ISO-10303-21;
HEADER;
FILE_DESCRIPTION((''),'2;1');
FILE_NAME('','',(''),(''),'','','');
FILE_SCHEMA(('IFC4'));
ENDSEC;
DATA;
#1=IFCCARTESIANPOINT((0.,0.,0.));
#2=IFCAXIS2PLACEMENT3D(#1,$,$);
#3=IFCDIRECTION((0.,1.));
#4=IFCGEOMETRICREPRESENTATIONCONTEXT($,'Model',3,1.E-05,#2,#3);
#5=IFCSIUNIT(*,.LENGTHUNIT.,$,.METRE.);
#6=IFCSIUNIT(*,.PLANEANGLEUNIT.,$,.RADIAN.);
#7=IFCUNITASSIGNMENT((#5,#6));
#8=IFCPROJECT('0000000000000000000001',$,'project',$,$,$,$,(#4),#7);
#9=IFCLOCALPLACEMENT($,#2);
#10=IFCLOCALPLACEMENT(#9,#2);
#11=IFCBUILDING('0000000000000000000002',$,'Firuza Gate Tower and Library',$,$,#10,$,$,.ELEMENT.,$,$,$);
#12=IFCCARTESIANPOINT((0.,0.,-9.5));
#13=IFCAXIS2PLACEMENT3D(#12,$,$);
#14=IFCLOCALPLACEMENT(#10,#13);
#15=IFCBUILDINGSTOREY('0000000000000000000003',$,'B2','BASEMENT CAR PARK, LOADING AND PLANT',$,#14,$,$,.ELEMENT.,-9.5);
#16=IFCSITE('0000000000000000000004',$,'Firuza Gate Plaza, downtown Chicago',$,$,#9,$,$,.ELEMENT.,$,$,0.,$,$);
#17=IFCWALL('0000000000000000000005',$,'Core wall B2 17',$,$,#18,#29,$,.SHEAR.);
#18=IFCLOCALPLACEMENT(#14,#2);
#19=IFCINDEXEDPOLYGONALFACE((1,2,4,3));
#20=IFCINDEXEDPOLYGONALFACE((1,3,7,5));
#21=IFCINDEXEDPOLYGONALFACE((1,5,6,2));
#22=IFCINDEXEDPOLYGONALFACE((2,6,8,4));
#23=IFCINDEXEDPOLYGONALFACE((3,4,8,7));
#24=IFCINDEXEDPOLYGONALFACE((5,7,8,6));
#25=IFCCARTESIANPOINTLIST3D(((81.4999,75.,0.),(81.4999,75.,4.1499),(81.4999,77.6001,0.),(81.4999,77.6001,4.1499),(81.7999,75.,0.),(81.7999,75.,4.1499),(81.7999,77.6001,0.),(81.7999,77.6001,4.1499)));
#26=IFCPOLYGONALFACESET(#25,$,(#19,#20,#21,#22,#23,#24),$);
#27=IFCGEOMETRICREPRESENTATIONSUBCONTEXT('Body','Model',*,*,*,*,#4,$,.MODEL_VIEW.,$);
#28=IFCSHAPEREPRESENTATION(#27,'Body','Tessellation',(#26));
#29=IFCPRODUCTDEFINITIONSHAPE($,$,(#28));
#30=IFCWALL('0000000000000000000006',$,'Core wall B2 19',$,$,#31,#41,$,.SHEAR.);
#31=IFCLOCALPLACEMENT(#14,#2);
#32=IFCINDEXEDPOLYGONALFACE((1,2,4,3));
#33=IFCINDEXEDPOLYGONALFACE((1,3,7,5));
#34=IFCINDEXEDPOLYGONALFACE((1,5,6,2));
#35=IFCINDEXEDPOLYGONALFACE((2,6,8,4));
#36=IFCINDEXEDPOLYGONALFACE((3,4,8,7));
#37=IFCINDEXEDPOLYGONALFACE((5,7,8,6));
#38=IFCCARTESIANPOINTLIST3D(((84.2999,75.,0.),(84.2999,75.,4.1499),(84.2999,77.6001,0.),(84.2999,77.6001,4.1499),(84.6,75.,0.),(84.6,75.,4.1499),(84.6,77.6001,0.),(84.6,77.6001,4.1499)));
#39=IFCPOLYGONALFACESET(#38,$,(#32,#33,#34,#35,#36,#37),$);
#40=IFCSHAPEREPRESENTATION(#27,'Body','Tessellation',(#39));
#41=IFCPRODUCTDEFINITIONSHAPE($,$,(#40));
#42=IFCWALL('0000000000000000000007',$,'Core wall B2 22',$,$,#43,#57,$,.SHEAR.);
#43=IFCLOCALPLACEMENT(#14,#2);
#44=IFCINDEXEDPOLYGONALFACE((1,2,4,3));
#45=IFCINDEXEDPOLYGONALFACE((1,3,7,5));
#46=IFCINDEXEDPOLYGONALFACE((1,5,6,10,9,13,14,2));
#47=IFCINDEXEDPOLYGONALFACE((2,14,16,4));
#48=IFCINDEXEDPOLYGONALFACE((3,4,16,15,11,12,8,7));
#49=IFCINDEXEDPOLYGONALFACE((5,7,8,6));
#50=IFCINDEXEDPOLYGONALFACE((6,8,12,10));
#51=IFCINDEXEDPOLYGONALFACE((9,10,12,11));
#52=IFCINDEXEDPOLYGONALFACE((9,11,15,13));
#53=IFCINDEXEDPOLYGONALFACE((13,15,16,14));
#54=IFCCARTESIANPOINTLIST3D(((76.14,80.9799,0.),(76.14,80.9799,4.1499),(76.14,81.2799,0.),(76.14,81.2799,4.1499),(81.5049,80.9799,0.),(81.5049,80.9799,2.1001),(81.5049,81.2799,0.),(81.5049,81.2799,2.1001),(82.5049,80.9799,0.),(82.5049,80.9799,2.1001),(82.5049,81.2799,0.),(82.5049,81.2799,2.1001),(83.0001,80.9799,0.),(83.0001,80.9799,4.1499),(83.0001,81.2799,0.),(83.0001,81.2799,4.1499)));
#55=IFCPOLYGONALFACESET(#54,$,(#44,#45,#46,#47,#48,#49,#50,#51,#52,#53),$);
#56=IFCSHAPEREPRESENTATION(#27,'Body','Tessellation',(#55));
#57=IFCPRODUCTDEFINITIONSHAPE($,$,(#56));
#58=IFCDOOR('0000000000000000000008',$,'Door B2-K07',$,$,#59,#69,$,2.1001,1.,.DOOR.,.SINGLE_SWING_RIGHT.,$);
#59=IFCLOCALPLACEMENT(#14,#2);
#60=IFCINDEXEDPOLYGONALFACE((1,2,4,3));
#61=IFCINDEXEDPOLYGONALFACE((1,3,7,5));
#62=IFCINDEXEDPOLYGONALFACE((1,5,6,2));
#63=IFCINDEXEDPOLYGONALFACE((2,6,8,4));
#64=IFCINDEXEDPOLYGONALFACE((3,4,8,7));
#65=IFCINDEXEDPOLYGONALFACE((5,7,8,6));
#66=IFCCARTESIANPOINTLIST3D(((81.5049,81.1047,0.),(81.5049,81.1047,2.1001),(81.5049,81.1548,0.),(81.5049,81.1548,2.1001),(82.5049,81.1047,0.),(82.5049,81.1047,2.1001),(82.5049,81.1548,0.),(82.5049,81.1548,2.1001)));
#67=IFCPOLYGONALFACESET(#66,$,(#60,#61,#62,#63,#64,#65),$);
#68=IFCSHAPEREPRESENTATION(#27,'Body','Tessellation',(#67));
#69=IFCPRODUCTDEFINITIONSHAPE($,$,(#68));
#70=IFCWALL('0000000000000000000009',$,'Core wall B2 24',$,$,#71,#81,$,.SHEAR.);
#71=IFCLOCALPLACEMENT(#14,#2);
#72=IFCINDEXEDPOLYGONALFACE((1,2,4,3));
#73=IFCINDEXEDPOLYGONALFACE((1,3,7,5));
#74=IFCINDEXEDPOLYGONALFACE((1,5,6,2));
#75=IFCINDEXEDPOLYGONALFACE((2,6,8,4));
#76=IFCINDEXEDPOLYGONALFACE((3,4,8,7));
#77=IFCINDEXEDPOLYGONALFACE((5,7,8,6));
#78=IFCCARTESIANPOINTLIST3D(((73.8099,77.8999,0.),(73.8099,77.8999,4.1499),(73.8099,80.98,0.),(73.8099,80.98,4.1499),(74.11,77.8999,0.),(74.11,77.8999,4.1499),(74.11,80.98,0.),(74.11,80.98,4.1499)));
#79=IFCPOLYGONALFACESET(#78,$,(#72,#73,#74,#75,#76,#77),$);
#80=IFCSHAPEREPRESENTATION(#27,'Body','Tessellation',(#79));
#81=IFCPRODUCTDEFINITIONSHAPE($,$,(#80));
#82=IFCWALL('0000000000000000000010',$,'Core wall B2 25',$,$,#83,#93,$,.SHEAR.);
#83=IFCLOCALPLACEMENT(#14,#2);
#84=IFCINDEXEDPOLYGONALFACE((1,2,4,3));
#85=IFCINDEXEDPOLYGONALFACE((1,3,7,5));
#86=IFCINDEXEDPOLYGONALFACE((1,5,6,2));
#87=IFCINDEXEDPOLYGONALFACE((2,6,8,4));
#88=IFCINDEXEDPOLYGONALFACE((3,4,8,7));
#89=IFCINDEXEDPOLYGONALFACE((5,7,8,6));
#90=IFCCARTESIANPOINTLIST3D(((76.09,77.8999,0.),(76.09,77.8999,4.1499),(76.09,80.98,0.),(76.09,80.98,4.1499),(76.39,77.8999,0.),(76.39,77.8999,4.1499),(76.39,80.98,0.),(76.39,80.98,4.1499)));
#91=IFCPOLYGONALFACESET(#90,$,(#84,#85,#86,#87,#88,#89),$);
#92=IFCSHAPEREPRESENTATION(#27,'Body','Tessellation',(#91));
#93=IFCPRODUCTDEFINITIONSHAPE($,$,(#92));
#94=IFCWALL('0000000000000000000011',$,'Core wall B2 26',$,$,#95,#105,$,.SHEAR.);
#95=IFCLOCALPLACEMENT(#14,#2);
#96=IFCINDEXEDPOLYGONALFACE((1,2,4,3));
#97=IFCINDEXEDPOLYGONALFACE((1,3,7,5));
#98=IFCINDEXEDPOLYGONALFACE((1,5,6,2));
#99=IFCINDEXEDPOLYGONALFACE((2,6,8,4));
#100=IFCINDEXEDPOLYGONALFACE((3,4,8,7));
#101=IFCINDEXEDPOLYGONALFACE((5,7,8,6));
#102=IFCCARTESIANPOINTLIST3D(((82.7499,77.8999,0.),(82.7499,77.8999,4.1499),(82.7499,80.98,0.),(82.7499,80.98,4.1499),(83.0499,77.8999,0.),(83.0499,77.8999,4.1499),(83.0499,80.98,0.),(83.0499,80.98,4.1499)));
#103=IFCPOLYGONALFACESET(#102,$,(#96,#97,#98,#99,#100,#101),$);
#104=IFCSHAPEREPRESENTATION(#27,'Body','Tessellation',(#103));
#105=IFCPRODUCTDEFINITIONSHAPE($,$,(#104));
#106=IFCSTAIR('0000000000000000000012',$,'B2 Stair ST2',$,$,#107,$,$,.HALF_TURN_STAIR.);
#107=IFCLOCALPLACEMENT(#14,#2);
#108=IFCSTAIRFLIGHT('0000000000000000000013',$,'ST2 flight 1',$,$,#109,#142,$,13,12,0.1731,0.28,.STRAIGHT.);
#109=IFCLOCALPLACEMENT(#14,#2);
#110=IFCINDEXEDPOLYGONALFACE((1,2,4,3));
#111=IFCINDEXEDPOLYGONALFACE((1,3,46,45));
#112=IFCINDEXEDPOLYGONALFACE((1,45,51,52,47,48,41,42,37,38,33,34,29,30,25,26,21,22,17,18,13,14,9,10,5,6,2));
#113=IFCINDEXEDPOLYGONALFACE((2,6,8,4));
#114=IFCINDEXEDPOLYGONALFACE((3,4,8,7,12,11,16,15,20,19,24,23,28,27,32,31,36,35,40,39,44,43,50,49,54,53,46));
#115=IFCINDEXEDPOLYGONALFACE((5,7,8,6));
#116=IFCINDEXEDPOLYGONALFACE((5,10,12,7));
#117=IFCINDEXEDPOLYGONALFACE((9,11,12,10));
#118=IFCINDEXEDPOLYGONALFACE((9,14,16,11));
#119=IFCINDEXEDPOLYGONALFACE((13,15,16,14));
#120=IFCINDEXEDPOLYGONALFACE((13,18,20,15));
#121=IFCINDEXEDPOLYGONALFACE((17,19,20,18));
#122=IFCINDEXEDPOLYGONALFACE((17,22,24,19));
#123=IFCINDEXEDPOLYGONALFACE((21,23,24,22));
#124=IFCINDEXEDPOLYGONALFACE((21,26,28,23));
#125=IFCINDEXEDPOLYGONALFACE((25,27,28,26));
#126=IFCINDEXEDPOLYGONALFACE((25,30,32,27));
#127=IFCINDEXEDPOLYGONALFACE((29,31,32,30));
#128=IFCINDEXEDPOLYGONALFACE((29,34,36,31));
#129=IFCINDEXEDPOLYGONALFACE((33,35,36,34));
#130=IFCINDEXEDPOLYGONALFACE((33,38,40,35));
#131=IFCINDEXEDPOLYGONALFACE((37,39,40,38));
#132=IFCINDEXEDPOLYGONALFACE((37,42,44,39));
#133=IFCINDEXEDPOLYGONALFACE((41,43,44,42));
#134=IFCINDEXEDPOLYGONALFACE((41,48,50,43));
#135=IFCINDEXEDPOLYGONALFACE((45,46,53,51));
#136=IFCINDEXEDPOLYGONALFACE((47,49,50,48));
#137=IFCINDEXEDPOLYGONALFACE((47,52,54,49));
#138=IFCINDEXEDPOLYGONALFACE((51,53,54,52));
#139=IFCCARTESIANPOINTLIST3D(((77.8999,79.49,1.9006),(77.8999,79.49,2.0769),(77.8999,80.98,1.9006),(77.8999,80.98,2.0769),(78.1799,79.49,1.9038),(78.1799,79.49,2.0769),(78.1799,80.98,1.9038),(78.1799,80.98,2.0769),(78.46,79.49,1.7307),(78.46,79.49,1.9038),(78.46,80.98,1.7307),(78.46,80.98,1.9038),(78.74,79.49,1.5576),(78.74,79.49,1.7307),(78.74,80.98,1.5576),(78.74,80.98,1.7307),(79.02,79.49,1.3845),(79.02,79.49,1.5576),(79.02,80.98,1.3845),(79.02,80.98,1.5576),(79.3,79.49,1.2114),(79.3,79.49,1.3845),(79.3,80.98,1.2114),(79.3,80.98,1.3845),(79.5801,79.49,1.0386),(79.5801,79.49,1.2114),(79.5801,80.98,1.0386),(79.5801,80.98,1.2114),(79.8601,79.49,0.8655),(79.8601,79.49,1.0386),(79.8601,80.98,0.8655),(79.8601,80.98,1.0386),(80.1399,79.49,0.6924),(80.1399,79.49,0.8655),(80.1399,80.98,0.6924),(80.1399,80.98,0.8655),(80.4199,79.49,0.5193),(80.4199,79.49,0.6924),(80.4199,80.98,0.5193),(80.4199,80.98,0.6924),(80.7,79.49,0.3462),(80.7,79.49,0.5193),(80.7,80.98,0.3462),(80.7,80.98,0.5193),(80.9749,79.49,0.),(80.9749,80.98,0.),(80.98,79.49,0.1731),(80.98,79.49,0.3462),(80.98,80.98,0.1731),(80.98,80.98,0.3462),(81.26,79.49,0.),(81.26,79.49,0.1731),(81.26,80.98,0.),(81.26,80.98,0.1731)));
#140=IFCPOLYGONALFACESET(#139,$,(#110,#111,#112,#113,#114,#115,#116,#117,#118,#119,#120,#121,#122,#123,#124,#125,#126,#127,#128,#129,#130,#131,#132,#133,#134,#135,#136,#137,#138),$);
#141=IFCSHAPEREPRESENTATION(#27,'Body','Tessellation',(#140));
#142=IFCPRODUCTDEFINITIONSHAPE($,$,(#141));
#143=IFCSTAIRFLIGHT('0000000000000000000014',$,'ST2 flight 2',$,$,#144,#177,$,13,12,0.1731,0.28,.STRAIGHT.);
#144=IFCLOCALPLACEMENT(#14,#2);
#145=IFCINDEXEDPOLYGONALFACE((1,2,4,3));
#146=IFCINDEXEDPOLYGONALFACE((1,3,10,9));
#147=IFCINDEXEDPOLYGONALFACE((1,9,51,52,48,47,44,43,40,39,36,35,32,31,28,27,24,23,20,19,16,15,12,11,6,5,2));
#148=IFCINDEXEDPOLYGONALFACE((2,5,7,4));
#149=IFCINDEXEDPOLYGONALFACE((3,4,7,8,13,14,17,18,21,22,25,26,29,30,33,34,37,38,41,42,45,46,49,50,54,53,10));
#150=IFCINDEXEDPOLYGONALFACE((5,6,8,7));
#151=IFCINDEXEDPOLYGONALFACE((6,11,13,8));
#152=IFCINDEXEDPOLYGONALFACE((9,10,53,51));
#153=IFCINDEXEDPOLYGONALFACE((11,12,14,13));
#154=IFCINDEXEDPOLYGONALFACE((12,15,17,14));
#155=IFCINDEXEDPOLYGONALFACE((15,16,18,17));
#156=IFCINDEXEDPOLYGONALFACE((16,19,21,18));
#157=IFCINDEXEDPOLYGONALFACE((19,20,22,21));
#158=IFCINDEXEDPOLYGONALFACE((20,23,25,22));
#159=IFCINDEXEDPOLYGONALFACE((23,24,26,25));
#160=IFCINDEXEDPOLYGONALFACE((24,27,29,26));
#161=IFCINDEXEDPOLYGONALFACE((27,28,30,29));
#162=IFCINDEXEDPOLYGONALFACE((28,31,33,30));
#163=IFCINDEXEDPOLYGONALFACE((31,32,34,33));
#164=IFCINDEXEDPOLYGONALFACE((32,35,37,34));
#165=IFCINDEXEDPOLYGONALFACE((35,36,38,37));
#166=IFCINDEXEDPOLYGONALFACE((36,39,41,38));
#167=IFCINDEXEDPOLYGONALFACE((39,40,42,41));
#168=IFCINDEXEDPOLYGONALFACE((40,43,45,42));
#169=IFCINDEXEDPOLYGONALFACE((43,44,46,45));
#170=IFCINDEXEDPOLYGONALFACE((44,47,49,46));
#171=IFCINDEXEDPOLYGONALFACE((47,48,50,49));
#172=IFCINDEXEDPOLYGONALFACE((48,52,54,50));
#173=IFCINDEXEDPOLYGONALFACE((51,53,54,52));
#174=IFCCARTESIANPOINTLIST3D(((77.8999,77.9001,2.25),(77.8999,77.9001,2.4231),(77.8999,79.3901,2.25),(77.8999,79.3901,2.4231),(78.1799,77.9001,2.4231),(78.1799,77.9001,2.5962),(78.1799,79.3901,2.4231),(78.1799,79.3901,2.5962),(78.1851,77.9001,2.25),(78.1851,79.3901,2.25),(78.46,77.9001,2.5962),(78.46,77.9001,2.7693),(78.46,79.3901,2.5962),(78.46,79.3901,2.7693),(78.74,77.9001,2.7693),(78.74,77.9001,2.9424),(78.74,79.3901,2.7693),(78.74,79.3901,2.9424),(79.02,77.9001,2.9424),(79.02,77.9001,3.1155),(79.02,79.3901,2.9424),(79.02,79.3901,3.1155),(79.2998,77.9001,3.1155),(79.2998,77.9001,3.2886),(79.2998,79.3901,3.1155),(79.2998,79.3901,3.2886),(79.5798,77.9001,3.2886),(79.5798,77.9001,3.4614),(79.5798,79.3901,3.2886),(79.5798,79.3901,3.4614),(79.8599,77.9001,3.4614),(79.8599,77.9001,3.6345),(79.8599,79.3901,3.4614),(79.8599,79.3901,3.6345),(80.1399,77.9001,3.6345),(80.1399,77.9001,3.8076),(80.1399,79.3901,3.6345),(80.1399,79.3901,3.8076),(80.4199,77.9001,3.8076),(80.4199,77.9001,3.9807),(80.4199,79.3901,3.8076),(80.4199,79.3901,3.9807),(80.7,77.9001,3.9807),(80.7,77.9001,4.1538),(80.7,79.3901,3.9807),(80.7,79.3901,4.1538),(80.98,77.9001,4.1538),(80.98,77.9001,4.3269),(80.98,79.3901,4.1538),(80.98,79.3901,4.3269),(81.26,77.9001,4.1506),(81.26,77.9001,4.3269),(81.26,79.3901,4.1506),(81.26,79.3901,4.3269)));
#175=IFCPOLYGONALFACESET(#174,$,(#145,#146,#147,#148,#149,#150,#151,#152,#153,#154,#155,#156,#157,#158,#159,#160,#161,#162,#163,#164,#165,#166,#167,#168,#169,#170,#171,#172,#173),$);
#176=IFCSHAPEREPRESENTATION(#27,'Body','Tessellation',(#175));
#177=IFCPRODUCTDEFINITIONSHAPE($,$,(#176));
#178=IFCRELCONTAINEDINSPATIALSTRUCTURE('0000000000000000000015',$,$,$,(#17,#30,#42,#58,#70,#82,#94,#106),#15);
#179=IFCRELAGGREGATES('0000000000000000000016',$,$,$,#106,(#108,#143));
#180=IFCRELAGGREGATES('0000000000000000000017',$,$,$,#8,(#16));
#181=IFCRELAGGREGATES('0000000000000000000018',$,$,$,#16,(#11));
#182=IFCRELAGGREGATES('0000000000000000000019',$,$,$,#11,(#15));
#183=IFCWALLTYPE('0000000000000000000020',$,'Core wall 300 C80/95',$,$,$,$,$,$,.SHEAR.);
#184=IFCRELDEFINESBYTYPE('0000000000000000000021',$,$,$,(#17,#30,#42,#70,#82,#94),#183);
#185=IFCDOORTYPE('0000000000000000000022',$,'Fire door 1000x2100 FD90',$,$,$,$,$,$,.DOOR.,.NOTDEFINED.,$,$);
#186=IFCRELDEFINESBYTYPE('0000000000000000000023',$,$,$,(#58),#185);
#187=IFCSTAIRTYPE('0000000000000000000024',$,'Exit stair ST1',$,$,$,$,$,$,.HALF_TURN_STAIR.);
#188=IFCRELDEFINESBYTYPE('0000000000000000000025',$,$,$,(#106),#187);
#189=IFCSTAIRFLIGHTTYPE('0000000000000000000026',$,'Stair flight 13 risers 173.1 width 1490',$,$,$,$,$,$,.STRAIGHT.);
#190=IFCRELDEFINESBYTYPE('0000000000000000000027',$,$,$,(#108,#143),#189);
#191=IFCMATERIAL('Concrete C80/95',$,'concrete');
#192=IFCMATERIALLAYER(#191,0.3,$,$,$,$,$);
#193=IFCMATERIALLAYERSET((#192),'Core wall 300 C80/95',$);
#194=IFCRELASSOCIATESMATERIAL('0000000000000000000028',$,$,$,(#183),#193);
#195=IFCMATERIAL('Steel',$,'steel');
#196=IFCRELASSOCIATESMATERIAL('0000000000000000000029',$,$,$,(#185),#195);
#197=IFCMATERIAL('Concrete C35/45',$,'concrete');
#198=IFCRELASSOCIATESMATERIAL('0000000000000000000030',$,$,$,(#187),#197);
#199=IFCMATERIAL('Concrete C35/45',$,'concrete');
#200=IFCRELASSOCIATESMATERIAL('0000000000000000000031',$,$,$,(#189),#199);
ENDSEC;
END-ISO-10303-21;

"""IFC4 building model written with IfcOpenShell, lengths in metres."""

from ifc_helpers import new_model, si_unit, direction, frame, frame_2d, origin, place, context, subcontext, project, spatial, polyline, rectangle, outline, extrude, material, layer, layer_set, type_object, element, fill, aggregate, save


model = new_model("IFC4")

# Units and contexts
model_context = context("Model", 3, precision=1e-05, world=origin(), true_north=direction((0.0, 1.0)))
body_context = subcontext(model_context, "Body", "Model", "MODEL_VIEW")
ifc_project = project(units=[si_unit("LENGTHUNIT", "METRE"), si_unit("PLANEANGLEUNIT", "RADIAN")], contexts=[model_context])

# Site, building, storey
site_placement = place(None, origin())
site = spatial("IfcSite", under=ifc_project, at=site_placement, Name="Firuza Gate Plaza, downtown Chicago", CompositionType="ELEMENT", RefElevation=0.0)
building_placement = place(site_placement, origin())
building = spatial("IfcBuilding", under=site, at=building_placement, Name="Firuza Gate Tower and Library", CompositionType="ELEMENT")
storey_placement = place(building_placement, frame((0.0, 0.0, -9.5)))
storey = spatial("IfcBuildingStorey", under=building, at=storey_placement, Name="B2", Description="BASEMENT CAR PARK, LOADING AND PLANT", CompositionType="ELEMENT", Elevation=-9.5)

# Walls
ifc_material_1 = material(Name="Concrete C80/95", Category="concrete")
ifc_layer_1 = layer(ifc_material_1, 0.3)
ifc_layer_set_1 = layer_set([ifc_layer_1], Name="Core wall 300 C80/95")
wall_type_1 = type_object("IfcWallType", Name="Core wall 300 C80/95", PredefinedType="SHEAR", material=ifc_layer_set_1)
for number, where, z_axis, x_axis, name in (
    (1, (81.6499, 75.0, 0.0), (0.0, 0.0, 1.0), (0.0, 1.0, 0.0), "Core wall B2 17"),
    (2, (84.45, 75.0, 0.0), (0.0, 0.0, 1.0), (0.0, 1.0, 0.0), "Core wall B2 19"),
):
    element("IfcWall", number, at=place(storey_placement, frame(where, z_axis=z_axis, x_axis=x_axis)), inside=storey, type_object=wall_type_1, Name=name, PredefinedType="SHEAR", context=body_context, shape_type="SweptSolid", body=[
        extrude(rectangle(XDim=2.6001, YDim=0.3, at=frame_2d((1.3, 0.0))), origin(), (0.0, 0.0, 1.0), 4.1499),
    ])

# Wall, opening, door
wall_1_placement = place(storey_placement, frame((76.1399, 81.1299, 0.0), z_axis=(0.0, 0.0, 1.0), x_axis=(1.0, 0.0, 0.0)))
wall_1 = element("IfcWall", 3, at=wall_1_placement, inside=storey, type_object=wall_type_1, Name="Core wall B2 22", PredefinedType="SHEAR", context=body_context, shape_type="SweptSolid", body=[
    extrude(rectangle(XDim=6.8601, YDim=0.3, at=frame_2d((3.4302, 0.0))), origin(), (0.0, 0.0, 1.0), 4.1499),
])
opening_1_placement = place(wall_1_placement, frame((5.365, 0.0, 0.0)))
opening_1 = element("IfcOpeningElement", 4, at=opening_1_placement, cuts=wall_1, PredefinedType="OPENING", context=body_context, shape_type="SweptSolid", body=[
    extrude(rectangle(XDim=1.0, YDim=2.1001, at=frame_2d((0.5, 1.05))), frame((0.0, 0.1602, 0.0), z_axis=(0.0, -1.0, 0.0), x_axis=(1.0, 0.0, 0.0)), (0.0, 0.0, 1.0), 0.3201),
])
ifc_material_2 = material(Name="Steel", Category="steel")
door_type_1 = type_object("IfcDoorType", Name="Fire door 1000x2100 FD90", OperationType="NOTDEFINED", PredefinedType="DOOR", material=ifc_material_2)
door_1_placement = place(opening_1_placement, origin())
door_1 = element("IfcDoor", 5, at=door_1_placement, inside=storey, type_object=door_type_1, Name="Door B2-K07", OperationType="SINGLE_SWING_RIGHT", OverallHeight=2.1001, OverallWidth=1.0, PredefinedType="DOOR", context=body_context, shape_type="SweptSolid", body=[
    extrude(rectangle(XDim=1.0, YDim=2.1001, at=frame_2d((0.5, 1.05))), frame((0.0, 0.0249, 0.0), z_axis=(0.0, -1.0, 0.0), x_axis=(1.0, 0.0, 0.0)), (0.0, 0.0, 1.0), 0.05),
])
fill(opening_1, door_1)

# Walls
for number, where, z_axis, x_axis, name in (
    (6, (73.96, 77.8999, 0.0), (0.0, 0.0, 1.0), (0.0, 1.0, 0.0), "Core wall B2 24"),
    (7, (76.24, 77.8999, 0.0), (0.0, 0.0, 1.0), (0.0, 1.0, 0.0), "Core wall B2 25"),
    (8, (82.8999, 77.8999, 0.0), (0.0, 0.0, 1.0), (0.0, 1.0, 0.0), "Core wall B2 26"),
):
    element("IfcWall", number, at=place(storey_placement, frame(where, z_axis=z_axis, x_axis=x_axis)), inside=storey, type_object=wall_type_1, Name=name, PredefinedType="SHEAR", context=body_context, shape_type="SweptSolid", body=[
        extrude(rectangle(XDim=3.0801, YDim=0.3, at=frame_2d((1.54, 0.0))), origin(), (0.0, 0.0, 1.0), 4.1499),
    ])

# Stair, stair flights
ifc_material_3 = material(Name="Concrete C35/45", Category="concrete")
stair_type = type_object("IfcStairType", Name="Exit stair ST1", PredefinedType="HALF_TURN_STAIR", material=ifc_material_3)
stair_placement = place(storey_placement, origin())
stair = element("IfcStair", 9, at=stair_placement, inside=storey, type_object=stair_type, Name="B2 Stair ST2", PredefinedType="HALF_TURN_STAIR")
ifc_material_4 = material(Name="Concrete C35/45", Category="concrete")
stair_flight_type = type_object("IfcStairFlightType", Name="Stair flight 13 risers 173.1 width 1490", PredefinedType="STRAIGHT", material=ifc_material_4)
stair_flight_1_placement = place(storey_placement, frame((81.26, 80.2351, 0.0), z_axis=(0.0, 0.0, 1.0), x_axis=(-1.0, 0.0, 0.0)))
stair_flight_1 = element("IfcStairFlight", 10, at=stair_flight_1_placement, type_object=stair_flight_type, Name="ST2 flight 1", NumberOfRisers=13, NumberOfTreads=12, PredefinedType="STRAIGHT", RiserHeight=0.1731, TreadLength=0.28, context=body_context, shape_type="SweptSolid", body=[
    extrude(outline(polyline([(0.0, 0.0), (0.0, 0.1731), (0.28, 0.1731), (0.28, 0.3462), (0.5601, 0.3462), (0.5601, 0.5193), (0.8401, 0.5193), (0.8401, 0.6924), (1.1201, 0.6924), (1.1201, 0.8655), (1.3999, 0.8655), (1.3999, 1.0386), (1.6799, 1.0386), (1.6799, 1.2114), (1.96, 1.2114), (1.96, 1.3845), (2.24, 1.3845), (2.24, 1.5576), (2.52, 1.5576), (2.52, 1.7307), (2.8, 1.7307), (2.8, 1.9038), (3.0801, 1.9038), (3.0801, 2.0769), (3.3601, 2.0769), (3.3601, 2.25), (3.3601, 1.9006), (0.2852, 0.0), (0.0, 0.0)])), frame((0.0, 0.7451, 0.0), z_axis=(0.0, -1.0, 0.0), x_axis=(1.0, 0.0, 0.0)), (0.0, 0.0, 1.0), 1.49),
])
stair_flight_2_placement = place(storey_placement, frame((77.8999, 78.645, 2.25), z_axis=(0.0, 0.0, 1.0), x_axis=(1.0, 0.0, 0.0)))
stair_flight_2 = element("IfcStairFlight", 11, at=stair_flight_2_placement, type_object=stair_flight_type, Name="ST2 flight 2", NumberOfRisers=13, NumberOfTreads=12, PredefinedType="STRAIGHT", RiserHeight=0.1731, TreadLength=0.28, context=body_context, shape_type="SweptSolid", body=[
    extrude(outline(polyline([(0.0, 0.0), (0.0, 0.1731), (0.28, 0.1731), (0.28, 0.3462), (0.5601, 0.3462), (0.5601, 0.5193), (0.8401, 0.5193), (0.8401, 0.6924), (1.1201, 0.6924), (1.1201, 0.8655), (1.3999, 0.8655), (1.3999, 1.0386), (1.6799, 1.0386), (1.6799, 1.2114), (1.96, 1.2114), (1.96, 1.3845), (2.24, 1.3845), (2.24, 1.5576), (2.52, 1.5576), (2.52, 1.7307), (2.8, 1.7307), (2.8, 1.9038), (3.0801, 1.9038), (3.0801, 2.0769), (3.3601, 2.0769), (3.3601, 2.25), (3.3601, 1.9006), (0.2852, 0.0), (0.0, 0.0)])), frame((0.0, 0.7451, 0.0), z_axis=(0.0, -1.0, 0.0), x_axis=(1.0, 0.0, 0.0)), (0.0, 0.0, 1.0), 1.49),
])
aggregate(stair, [stair_flight_1, stair_flight_2])

save(model, "model.ifc")
